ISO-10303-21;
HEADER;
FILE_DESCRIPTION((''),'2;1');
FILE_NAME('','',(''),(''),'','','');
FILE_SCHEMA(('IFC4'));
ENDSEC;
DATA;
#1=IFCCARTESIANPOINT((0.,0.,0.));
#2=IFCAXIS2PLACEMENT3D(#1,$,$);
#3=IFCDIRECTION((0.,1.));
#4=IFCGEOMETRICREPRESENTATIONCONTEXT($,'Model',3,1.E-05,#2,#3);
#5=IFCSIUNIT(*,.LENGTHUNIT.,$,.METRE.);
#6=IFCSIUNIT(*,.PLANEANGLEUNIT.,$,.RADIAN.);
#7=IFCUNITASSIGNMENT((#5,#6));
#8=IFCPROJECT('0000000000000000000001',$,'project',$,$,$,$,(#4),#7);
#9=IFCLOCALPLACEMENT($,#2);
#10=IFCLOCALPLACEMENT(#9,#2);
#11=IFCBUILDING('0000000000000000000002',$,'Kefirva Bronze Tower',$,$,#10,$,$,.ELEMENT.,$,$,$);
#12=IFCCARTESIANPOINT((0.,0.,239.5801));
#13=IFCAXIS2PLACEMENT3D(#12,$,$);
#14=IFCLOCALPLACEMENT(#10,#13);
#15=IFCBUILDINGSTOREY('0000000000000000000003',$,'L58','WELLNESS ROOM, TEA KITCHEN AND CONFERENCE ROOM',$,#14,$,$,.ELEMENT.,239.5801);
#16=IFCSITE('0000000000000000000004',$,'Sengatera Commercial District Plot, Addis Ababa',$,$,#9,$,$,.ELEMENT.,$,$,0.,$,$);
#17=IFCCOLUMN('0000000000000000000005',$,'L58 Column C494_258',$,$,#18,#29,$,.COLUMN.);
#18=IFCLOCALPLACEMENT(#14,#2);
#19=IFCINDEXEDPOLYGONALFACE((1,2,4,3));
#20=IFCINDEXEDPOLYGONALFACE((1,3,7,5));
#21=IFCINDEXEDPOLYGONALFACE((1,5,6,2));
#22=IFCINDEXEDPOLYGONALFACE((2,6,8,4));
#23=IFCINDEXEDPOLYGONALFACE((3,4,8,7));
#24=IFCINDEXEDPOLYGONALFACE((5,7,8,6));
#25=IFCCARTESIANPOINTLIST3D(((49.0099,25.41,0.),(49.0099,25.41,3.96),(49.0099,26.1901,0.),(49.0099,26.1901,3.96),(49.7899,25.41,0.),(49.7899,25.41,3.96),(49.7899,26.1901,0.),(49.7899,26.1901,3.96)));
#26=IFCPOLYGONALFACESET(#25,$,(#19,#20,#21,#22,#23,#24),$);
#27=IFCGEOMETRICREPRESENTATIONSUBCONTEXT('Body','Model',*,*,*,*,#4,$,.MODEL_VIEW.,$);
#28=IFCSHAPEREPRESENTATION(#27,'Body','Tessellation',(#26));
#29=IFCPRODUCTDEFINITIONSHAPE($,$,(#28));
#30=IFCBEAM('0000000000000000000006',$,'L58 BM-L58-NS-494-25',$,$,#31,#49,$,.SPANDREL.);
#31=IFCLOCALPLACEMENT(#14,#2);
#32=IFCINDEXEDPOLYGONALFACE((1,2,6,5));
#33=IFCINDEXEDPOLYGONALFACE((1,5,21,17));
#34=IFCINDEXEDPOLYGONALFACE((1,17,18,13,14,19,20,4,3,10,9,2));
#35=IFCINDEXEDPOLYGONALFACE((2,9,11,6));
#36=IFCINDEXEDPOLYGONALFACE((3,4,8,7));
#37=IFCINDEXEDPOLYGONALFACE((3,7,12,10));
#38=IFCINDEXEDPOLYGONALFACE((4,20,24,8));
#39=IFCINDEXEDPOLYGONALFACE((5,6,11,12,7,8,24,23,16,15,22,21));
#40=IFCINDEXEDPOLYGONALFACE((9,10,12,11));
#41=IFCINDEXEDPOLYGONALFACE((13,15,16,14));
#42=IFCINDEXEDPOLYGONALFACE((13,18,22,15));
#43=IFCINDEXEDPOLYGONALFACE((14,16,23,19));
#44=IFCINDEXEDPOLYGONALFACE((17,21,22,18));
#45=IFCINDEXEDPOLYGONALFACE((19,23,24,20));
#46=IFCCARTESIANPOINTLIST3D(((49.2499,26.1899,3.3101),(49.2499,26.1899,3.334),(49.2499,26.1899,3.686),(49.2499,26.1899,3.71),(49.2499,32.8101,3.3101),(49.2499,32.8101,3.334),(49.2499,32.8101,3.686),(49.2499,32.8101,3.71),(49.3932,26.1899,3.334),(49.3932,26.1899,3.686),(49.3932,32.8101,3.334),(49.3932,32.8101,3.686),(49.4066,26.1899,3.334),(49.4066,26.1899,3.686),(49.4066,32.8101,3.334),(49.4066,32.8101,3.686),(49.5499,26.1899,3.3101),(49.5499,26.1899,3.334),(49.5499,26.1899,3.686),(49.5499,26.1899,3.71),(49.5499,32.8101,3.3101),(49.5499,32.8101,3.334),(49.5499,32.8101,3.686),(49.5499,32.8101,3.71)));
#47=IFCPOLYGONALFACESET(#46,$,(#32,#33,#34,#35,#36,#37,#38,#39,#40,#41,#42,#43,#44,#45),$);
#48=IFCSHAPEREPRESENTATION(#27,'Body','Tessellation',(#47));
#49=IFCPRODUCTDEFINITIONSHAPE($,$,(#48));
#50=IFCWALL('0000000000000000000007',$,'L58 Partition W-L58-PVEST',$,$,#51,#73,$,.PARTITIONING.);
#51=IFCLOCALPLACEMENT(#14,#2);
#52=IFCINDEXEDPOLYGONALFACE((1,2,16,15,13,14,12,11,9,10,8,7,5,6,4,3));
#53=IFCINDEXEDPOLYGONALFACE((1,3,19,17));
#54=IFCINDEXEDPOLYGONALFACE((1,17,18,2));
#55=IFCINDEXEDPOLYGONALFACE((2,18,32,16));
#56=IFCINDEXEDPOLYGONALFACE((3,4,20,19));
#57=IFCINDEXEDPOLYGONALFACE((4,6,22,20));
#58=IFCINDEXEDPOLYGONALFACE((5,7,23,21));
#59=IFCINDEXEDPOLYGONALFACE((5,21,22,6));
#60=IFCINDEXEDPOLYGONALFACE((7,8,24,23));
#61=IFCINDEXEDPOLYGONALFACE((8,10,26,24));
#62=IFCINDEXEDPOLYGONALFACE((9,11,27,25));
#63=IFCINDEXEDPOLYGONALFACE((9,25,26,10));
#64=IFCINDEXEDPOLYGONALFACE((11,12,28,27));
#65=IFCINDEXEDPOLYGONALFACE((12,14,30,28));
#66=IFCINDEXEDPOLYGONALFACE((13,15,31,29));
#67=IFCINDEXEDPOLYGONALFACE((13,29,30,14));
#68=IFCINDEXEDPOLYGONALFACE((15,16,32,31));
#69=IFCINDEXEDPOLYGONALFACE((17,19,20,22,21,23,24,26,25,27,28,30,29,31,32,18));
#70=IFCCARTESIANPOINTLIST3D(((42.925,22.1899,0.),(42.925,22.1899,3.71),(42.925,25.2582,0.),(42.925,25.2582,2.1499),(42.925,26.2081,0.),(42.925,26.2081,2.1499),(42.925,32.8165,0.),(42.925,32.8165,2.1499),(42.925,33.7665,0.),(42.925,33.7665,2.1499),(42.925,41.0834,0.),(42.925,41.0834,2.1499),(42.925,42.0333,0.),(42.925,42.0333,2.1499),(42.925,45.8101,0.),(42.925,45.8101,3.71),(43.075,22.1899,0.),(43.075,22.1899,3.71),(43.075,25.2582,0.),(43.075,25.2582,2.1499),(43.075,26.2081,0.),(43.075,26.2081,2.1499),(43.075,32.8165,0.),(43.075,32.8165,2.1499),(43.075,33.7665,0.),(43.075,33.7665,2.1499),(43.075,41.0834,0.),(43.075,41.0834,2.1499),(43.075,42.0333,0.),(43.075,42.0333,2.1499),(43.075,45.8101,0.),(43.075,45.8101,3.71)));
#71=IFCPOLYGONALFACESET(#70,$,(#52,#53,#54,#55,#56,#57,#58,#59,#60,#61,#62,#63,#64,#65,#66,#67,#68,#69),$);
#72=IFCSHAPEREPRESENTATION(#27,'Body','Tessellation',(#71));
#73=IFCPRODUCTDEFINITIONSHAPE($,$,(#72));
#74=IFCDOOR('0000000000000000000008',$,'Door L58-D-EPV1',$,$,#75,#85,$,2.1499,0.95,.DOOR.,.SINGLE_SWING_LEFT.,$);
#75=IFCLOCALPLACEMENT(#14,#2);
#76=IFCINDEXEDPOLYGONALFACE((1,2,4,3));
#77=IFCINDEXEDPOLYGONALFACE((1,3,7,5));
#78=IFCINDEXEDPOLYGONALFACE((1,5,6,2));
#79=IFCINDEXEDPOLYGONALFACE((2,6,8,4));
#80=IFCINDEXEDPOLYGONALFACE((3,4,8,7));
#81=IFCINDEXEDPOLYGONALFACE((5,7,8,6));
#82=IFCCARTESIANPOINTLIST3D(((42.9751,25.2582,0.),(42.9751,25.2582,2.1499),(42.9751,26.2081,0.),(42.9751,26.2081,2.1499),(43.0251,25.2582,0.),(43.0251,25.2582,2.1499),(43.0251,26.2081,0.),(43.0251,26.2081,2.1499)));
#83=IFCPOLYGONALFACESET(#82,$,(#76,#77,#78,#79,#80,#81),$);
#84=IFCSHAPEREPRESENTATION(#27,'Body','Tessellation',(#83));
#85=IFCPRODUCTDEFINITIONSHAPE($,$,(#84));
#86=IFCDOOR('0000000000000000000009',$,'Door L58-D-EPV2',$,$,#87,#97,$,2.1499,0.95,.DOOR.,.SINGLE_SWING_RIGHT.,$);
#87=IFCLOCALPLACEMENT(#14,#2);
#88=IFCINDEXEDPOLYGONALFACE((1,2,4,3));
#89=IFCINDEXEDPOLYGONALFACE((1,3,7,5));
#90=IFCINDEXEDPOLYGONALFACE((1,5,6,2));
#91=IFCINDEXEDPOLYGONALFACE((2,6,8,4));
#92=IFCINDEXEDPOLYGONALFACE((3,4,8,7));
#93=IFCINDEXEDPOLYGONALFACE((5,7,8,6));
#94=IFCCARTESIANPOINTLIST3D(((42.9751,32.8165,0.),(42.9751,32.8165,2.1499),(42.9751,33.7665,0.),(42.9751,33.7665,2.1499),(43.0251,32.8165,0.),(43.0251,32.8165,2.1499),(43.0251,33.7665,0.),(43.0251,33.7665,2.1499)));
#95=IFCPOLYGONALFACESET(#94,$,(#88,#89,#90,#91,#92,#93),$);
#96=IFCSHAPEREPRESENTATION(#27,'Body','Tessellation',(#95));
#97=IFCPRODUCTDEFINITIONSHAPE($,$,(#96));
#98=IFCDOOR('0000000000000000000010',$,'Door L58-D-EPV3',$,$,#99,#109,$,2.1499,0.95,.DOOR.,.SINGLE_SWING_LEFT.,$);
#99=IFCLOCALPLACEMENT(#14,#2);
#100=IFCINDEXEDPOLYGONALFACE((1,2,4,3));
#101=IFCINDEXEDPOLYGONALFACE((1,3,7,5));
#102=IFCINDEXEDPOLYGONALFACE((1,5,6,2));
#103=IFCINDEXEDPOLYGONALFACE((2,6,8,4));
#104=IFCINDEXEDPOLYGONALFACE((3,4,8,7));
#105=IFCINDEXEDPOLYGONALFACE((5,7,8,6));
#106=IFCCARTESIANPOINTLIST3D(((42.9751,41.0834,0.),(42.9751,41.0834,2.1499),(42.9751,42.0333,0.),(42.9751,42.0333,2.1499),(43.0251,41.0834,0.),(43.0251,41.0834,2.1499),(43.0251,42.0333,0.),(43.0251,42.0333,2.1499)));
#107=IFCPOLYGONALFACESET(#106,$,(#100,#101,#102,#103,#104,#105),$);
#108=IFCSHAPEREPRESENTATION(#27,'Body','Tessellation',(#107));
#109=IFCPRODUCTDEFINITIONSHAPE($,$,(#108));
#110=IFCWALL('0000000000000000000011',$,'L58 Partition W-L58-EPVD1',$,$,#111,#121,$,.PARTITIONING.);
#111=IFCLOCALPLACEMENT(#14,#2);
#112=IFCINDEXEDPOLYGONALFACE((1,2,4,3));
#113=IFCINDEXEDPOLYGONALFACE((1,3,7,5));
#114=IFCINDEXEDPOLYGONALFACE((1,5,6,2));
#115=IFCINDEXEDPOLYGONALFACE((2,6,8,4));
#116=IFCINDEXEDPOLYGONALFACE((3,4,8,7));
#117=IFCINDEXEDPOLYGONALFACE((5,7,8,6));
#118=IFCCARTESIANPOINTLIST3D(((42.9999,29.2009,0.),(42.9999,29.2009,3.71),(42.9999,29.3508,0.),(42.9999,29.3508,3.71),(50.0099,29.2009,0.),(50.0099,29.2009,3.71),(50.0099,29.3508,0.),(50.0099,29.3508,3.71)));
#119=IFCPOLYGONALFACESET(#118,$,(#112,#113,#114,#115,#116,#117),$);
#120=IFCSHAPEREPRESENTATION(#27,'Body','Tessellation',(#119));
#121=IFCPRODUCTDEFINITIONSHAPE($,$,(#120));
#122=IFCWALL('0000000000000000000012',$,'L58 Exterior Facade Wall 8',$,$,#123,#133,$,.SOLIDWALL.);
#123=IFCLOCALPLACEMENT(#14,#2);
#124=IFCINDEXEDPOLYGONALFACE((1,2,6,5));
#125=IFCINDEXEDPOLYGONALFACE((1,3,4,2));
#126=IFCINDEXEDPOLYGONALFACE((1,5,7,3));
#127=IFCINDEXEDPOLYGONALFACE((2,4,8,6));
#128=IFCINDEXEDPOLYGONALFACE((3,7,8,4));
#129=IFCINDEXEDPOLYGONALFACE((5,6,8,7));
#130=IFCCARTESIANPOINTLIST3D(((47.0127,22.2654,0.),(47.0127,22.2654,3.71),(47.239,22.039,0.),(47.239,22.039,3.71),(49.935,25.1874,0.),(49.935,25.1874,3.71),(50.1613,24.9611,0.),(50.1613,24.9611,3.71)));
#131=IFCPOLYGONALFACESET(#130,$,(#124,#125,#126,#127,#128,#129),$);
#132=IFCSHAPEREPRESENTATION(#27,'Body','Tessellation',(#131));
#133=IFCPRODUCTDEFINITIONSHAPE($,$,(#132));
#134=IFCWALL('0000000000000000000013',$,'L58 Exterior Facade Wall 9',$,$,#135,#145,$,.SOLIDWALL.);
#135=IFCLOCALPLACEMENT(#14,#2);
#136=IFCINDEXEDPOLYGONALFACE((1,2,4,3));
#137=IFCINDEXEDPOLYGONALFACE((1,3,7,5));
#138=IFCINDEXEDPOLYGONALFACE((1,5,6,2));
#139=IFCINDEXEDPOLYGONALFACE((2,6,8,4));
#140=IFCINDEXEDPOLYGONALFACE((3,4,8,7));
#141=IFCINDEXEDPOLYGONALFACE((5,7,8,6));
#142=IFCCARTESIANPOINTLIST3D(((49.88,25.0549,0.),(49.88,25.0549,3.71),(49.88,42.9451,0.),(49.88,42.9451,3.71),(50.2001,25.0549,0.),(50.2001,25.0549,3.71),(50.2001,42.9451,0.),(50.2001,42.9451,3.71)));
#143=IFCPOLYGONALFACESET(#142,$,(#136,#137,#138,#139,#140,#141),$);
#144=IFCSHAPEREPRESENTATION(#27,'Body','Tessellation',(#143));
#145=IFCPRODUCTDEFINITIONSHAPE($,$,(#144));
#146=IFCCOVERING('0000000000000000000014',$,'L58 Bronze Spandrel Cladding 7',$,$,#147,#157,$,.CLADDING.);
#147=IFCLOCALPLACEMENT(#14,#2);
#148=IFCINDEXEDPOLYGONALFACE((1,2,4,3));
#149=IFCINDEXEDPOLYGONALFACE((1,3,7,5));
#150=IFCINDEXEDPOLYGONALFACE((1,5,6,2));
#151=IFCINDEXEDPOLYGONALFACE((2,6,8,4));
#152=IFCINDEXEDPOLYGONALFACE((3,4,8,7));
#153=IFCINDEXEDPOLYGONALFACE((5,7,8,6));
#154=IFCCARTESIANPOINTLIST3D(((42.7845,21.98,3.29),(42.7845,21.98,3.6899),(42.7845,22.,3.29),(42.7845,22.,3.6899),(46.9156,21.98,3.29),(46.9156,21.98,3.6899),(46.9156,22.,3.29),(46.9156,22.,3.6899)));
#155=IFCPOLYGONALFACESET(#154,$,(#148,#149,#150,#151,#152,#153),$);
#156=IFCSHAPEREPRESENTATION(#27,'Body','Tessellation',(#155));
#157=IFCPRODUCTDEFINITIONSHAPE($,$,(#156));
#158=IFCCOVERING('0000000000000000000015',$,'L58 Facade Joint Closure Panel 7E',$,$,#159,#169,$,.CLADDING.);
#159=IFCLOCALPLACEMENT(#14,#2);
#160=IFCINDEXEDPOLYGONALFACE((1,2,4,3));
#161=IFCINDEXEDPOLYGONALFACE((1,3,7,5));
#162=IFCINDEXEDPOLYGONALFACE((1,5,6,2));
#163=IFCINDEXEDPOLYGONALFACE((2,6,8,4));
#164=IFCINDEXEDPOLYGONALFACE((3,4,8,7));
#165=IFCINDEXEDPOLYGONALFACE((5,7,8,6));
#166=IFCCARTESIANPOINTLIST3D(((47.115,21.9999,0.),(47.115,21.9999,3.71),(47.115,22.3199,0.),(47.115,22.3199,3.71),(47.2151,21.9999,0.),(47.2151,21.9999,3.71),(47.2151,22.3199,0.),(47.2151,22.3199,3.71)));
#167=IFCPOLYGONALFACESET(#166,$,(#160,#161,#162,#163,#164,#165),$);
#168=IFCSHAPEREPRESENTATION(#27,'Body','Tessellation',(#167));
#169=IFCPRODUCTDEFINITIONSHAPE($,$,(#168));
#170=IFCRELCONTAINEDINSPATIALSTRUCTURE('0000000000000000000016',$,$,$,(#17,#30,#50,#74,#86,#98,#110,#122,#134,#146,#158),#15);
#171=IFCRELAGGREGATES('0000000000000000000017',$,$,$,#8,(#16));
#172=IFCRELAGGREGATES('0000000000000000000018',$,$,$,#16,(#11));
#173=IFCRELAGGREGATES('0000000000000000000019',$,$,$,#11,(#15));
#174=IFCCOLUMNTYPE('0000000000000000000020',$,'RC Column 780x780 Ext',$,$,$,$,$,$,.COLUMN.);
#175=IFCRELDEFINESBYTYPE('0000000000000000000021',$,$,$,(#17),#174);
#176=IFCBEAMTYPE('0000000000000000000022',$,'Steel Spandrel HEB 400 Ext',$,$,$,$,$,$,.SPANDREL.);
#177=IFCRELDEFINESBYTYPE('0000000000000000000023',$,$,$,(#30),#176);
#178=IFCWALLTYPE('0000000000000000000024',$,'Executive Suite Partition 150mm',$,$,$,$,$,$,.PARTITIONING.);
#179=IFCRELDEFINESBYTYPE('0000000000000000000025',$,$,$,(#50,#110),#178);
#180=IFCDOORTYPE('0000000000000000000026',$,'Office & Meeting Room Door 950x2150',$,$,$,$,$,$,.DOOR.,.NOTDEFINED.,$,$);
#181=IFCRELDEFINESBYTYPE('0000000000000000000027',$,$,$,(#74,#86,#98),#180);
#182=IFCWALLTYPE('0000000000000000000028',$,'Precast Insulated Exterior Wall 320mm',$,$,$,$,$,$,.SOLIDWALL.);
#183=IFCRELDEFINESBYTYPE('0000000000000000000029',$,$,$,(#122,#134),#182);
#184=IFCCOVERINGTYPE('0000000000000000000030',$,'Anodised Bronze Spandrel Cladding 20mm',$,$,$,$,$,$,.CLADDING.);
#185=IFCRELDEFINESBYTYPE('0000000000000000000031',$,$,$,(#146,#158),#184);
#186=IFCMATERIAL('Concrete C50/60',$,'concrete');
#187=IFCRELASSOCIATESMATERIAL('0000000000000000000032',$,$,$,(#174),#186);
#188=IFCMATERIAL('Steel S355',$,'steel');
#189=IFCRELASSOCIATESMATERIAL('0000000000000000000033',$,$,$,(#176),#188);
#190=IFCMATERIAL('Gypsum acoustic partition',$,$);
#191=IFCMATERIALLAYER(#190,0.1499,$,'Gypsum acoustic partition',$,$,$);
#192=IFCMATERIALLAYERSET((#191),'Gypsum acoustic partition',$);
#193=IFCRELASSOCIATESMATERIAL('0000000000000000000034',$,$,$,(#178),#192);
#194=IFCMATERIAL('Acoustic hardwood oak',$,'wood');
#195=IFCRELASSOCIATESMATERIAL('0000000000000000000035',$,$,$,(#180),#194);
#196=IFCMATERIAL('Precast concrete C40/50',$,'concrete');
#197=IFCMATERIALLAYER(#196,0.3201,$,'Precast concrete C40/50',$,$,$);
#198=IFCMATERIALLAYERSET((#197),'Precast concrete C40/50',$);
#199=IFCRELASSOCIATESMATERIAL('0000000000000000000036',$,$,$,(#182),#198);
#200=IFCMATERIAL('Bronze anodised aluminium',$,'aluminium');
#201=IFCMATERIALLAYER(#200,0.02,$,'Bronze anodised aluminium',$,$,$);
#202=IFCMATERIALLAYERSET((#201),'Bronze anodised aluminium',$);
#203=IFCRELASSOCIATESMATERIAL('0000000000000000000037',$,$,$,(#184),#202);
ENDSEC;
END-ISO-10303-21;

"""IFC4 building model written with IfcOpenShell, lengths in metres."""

from ifc_helpers import new_model, si_unit, direction, frame, frame_2d, origin, origin_2d, place, context, subcontext, project, spatial, rectangle, i_section, extrude, material, layer, layer_set, material_profile, profile_set, type_object, element, fill, save


model = new_model("IFC4")

# Units and contexts
model_context = context("Model", 3, precision=1e-05, world=origin(), true_north=direction((0.0, 1.0)))
body_context = subcontext(model_context, "Body", "Model", "MODEL_VIEW")
ifc_project = project(units=[si_unit("LENGTHUNIT", "METRE"), si_unit("PLANEANGLEUNIT", "RADIAN")], contexts=[model_context])

# Site, building, storey
site_placement = place(None, origin())
site = spatial("IfcSite", under=ifc_project, at=site_placement, Name="Sengatera Commercial District Plot, Addis Ababa", CompositionType="ELEMENT", RefElevation=0.0)
building_placement = place(site_placement, origin())
building = spatial("IfcBuilding", under=site, at=building_placement, Name="Kefirva Bronze Tower", CompositionType="ELEMENT")
storey_placement = place(building_placement, frame((0.0, 0.0, 239.5801)))
storey = spatial("IfcBuildingStorey", under=building, at=storey_placement, Name="L58", Description="WELLNESS ROOM, TEA KITCHEN AND CONFERENCE ROOM", CompositionType="ELEMENT", Elevation=239.5801)

# Column
ifc_material_1 = material(Name="Concrete C50/60", Category="concrete")
ifc_material_profile_1 = material_profile(ifc_material_1, rectangle(XDim=0.78, YDim=0.78, at=origin_2d()), Name="RC 780x780")
ifc_profile_set_1 = profile_set([ifc_material_profile_1], Name="Concrete C50/60")
column_type = type_object("IfcColumnType", Name="RC Column 780x780 Ext", PredefinedType="COLUMN", material=ifc_profile_set_1)
column_placement = place(storey_placement, frame((49.3999, 25.8, 0.0), z_axis=(0.0, 0.0, 1.0), x_axis=(1.0, 0.0, 0.0)))
element("IfcColumn", 1, at=column_placement, inside=storey, type_object=column_type, Name="L58 Column C494_258", PredefinedType="COLUMN", context=body_context, shape_type="SweptSolid", body=[
    extrude(rectangle(XDim=0.78, YDim=0.78, at=origin_2d()), origin(), (0.0, 0.0, 1.0), 3.96),
])

# Beam
ifc_material_2 = material(Name="Steel S355", Category="steel")
ifc_material_profile_2 = material_profile(ifc_material_2, i_section(OverallWidth=0.3, OverallDepth=0.3999, WebThickness=0.0134, FlangeThickness=0.0239, at=origin_2d()), Name="HEB 400")
ifc_profile_set_2 = profile_set([ifc_material_profile_2], Name="Steel S355")
beam_type = type_object("IfcBeamType", Name="Steel Spandrel HEB 400 Ext", PredefinedType="SPANDREL", material=ifc_profile_set_2)
beam_placement = place(storey_placement, frame((49.3999, 26.1899, 3.51), z_axis=(0.0, 1.0, 0.0), x_axis=(-1.0, 0.0, 0.0)))
element("IfcBeam", 2, at=beam_placement, inside=storey, type_object=beam_type, Name="L58 BM-L58-NS-494-25", PredefinedType="SPANDREL", context=body_context, shape_type="SweptSolid", body=[
    extrude(i_section(OverallWidth=0.3, OverallDepth=0.3999, WebThickness=0.0134, FlangeThickness=0.0239, at=origin_2d()), origin(), (0.0, 0.0, 1.0), 6.6201),
])

# Wall, openings, doors
ifc_material_3 = material(Name="Gypsum acoustic partition")
ifc_layer_1 = layer(ifc_material_3, 0.1499, Name="Gypsum acoustic partition")
ifc_layer_set_1 = layer_set([ifc_layer_1], Name="Gypsum acoustic partition")
wall_type_1 = type_object("IfcWallType", Name="Executive Suite Partition 150mm", PredefinedType="PARTITIONING", material=ifc_layer_set_1)
wall_1_placement = place(storey_placement, frame((43.0, 22.1899, 0.0), z_axis=(0.0, 0.0, 1.0), x_axis=(0.0, 1.0, 0.0)))
wall_1 = element("IfcWall", 3, at=wall_1_placement, inside=storey, type_object=wall_type_1, Name="L58 Partition W-L58-PVEST", PredefinedType="PARTITIONING", context=body_context, shape_type="SweptSolid", body=[
    extrude(rectangle(XDim=23.6201, YDim=0.1499, at=frame_2d((11.8101, 0.0))), origin(), (0.0, 0.0, 1.0), 3.71),
])
opening_1_placement = place(wall_1_placement, frame((3.0681, 0.0, 0.0)))
opening_1 = element("IfcOpeningElement", 4, at=opening_1_placement, cuts=wall_1, PredefinedType="OPENING", context=body_context, shape_type="SweptSolid", body=[
    extrude(rectangle(XDim=0.95, YDim=2.1499, at=frame_2d((0.4751, 1.075))), frame((0.0, 0.085, 0.0), z_axis=(0.0, -1.0, 0.0), x_axis=(1.0, 0.0, 0.0)), (0.0, 0.0, 1.0), 0.1699),
])
opening_2_placement = place(wall_1_placement, frame((10.6265, 0.0, 0.0)))
opening_2 = element("IfcOpeningElement", 5, at=opening_2_placement, cuts=wall_1, PredefinedType="OPENING", context=body_context, shape_type="SweptSolid", body=[
    extrude(rectangle(XDim=0.95, YDim=2.1499, at=frame_2d((0.4751, 1.075))), frame((0.0, 0.085, 0.0), z_axis=(0.0, -1.0, 0.0), x_axis=(1.0, 0.0, 0.0)), (0.0, 0.0, 1.0), 0.1699),
])
opening_3_placement = place(wall_1_placement, frame((18.8933, 0.0, 0.0)))
opening_3 = element("IfcOpeningElement", 6, at=opening_3_placement, cuts=wall_1, PredefinedType="OPENING", context=body_context, shape_type="SweptSolid", body=[
    extrude(rectangle(XDim=0.95, YDim=2.1499, at=frame_2d((0.4751, 1.075))), frame((0.0, 0.085, 0.0), z_axis=(0.0, -1.0, 0.0), x_axis=(1.0, 0.0, 0.0)), (0.0, 0.0, 1.0), 0.1699),
])
ifc_material_4 = material(Name="Acoustic hardwood oak", Category="wood")
door_type = type_object("IfcDoorType", Name="Office & Meeting Room Door 950x2150", OperationType="NOTDEFINED", PredefinedType="DOOR", material=ifc_material_4)
door_1_placement = place(opening_1_placement, origin())
door_1 = element("IfcDoor", 7, at=door_1_placement, inside=storey, type_object=door_type, Name="Door L58-D-EPV1", OperationType="SINGLE_SWING_LEFT", OverallHeight=2.1499, OverallWidth=0.95, PredefinedType="DOOR", context=body_context, shape_type="SweptSolid", body=[
    extrude(rectangle(XDim=0.95, YDim=2.1499, at=frame_2d((0.4751, 1.075))), frame((0.0, 0.0249, 0.0), z_axis=(0.0, -1.0, 0.0), x_axis=(1.0, 0.0, 0.0)), (0.0, 0.0, 1.0), 0.05),
])
fill(opening_1, door_1)
door_2_placement = place(opening_2_placement, origin())
door_2 = element("IfcDoor", 8, at=door_2_placement, inside=storey, type_object=door_type, Name="Door L58-D-EPV2", OperationType="SINGLE_SWING_RIGHT", OverallHeight=2.1499, OverallWidth=0.95, PredefinedType="DOOR", context=body_context, shape_type="SweptSolid", body=[
    extrude(rectangle(XDim=0.95, YDim=2.1499, at=frame_2d((0.4751, 1.075))), frame((0.0, 0.0249, 0.0), z_axis=(0.0, -1.0, 0.0), x_axis=(1.0, 0.0, 0.0)), (0.0, 0.0, 1.0), 0.05),
])
fill(opening_2, door_2)
door_3_placement = place(opening_3_placement, origin())
door_3 = element("IfcDoor", 9, at=door_3_placement, inside=storey, type_object=door_type, Name="Door L58-D-EPV3", OperationType="SINGLE_SWING_LEFT", OverallHeight=2.1499, OverallWidth=0.95, PredefinedType="DOOR", context=body_context, shape_type="SweptSolid", body=[
    extrude(rectangle(XDim=0.95, YDim=2.1499, at=frame_2d((0.4751, 1.075))), frame((0.0, 0.0249, 0.0), z_axis=(0.0, -1.0, 0.0), x_axis=(1.0, 0.0, 0.0)), (0.0, 0.0, 1.0), 0.05),
])
fill(opening_3, door_3)

# Walls
wall_2_placement = place(storey_placement, frame((43.0, 29.2759, 0.0), z_axis=(0.0, 0.0, 1.0), x_axis=(1.0, 0.0, 0.0)))
element("IfcWall", 10, at=wall_2_placement, inside=storey, type_object=wall_type_1, Name="L58 Partition W-L58-EPVD1", PredefinedType="PARTITIONING", context=body_context, shape_type="SweptSolid", body=[
    extrude(rectangle(XDim=7.01, YDim=0.1499, at=frame_2d((3.5049, 0.0))), origin(), (0.0, 0.0, 1.0), 3.71),
])
ifc_material_5 = material(Name="Precast concrete C40/50", Category="concrete")
ifc_layer_2 = layer(ifc_material_5, 0.3201, Name="Precast concrete C40/50")
ifc_layer_set_2 = layer_set([ifc_layer_2], Name="Precast concrete C40/50")
wall_type_2 = type_object("IfcWallType", Name="Precast Insulated Exterior Wall 320mm", PredefinedType="SOLIDWALL", material=ifc_layer_set_2)
wall_3_placement = place(storey_placement, frame((47.1257, 22.1521, 0.0), z_axis=(0.0, 0.0, 1.0), x_axis=(0.707136, 0.707077, 0.0)))
element("IfcWall", 11, at=wall_3_placement, inside=storey, type_object=wall_type_2, Name="L58 Exterior Facade Wall 8", PredefinedType="SOLIDWALL", context=body_context, shape_type="SweptSolid", body=[
    extrude(rectangle(XDim=4.1326, YDim=0.3201, at=frame_2d((2.0664, 0.0))), origin(), (0.0, 0.0, 1.0), 3.71),
])
wall_4_placement = place(storey_placement, frame((50.04, 25.0549, 0.0), z_axis=(0.0, 0.0, 1.0), x_axis=(0.0, 1.0, 0.0)))
element("IfcWall", 12, at=wall_4_placement, inside=storey, type_object=wall_type_2, Name="L58 Exterior Facade Wall 9", PredefinedType="SOLIDWALL", context=body_context, shape_type="SweptSolid", body=[
    extrude(rectangle(XDim=17.8901, YDim=0.3201, at=frame_2d((8.9451, 0.0))), origin(), (0.0, 0.0, 1.0), 3.71),
])

# Coverings
ifc_material_6 = material(Name="Bronze anodised aluminium", Category="aluminium")
ifc_layer_3 = layer(ifc_material_6, 0.02, Name="Bronze anodised aluminium")
ifc_layer_set_3 = layer_set([ifc_layer_3], Name="Bronze anodised aluminium")
covering_type_1 = type_object("IfcCoveringType", Name="Anodised Bronze Spandrel Cladding 20mm", PredefinedType="CLADDING", material=ifc_layer_set_3)
covering_1_placement = place(storey_placement, frame((44.8501, 21.99, 3.29), z_axis=(0.0, 0.0, 1.0), x_axis=(1.0, 0.0, 0.0)))
element("IfcCovering", 13, at=covering_1_placement, inside=storey, type_object=covering_type_1, Name="L58 Bronze Spandrel Cladding 7", PredefinedType="CLADDING", context=body_context, shape_type="SweptSolid", body=[
    extrude(rectangle(XDim=4.1311, YDim=0.02, at=origin_2d()), origin(), (0.0, 0.0, 1.0), 0.3999),
])
covering_2_placement = place(storey_placement, frame((47.165, 22.1599, 0.0), z_axis=(0.0, 0.0, 1.0), x_axis=(1.0, 0.0, 0.0)))
element("IfcCovering", 14, at=covering_2_placement, inside=storey, type_object=covering_type_1, Name="L58 Facade Joint Closure Panel 7E", PredefinedType="CLADDING", context=body_context, shape_type="SweptSolid", body=[
    extrude(rectangle(XDim=0.1001, YDim=0.3201, at=origin_2d()), origin(), (0.0, 0.0, 1.0), 3.71),
])

save(model, "model.ifc")
